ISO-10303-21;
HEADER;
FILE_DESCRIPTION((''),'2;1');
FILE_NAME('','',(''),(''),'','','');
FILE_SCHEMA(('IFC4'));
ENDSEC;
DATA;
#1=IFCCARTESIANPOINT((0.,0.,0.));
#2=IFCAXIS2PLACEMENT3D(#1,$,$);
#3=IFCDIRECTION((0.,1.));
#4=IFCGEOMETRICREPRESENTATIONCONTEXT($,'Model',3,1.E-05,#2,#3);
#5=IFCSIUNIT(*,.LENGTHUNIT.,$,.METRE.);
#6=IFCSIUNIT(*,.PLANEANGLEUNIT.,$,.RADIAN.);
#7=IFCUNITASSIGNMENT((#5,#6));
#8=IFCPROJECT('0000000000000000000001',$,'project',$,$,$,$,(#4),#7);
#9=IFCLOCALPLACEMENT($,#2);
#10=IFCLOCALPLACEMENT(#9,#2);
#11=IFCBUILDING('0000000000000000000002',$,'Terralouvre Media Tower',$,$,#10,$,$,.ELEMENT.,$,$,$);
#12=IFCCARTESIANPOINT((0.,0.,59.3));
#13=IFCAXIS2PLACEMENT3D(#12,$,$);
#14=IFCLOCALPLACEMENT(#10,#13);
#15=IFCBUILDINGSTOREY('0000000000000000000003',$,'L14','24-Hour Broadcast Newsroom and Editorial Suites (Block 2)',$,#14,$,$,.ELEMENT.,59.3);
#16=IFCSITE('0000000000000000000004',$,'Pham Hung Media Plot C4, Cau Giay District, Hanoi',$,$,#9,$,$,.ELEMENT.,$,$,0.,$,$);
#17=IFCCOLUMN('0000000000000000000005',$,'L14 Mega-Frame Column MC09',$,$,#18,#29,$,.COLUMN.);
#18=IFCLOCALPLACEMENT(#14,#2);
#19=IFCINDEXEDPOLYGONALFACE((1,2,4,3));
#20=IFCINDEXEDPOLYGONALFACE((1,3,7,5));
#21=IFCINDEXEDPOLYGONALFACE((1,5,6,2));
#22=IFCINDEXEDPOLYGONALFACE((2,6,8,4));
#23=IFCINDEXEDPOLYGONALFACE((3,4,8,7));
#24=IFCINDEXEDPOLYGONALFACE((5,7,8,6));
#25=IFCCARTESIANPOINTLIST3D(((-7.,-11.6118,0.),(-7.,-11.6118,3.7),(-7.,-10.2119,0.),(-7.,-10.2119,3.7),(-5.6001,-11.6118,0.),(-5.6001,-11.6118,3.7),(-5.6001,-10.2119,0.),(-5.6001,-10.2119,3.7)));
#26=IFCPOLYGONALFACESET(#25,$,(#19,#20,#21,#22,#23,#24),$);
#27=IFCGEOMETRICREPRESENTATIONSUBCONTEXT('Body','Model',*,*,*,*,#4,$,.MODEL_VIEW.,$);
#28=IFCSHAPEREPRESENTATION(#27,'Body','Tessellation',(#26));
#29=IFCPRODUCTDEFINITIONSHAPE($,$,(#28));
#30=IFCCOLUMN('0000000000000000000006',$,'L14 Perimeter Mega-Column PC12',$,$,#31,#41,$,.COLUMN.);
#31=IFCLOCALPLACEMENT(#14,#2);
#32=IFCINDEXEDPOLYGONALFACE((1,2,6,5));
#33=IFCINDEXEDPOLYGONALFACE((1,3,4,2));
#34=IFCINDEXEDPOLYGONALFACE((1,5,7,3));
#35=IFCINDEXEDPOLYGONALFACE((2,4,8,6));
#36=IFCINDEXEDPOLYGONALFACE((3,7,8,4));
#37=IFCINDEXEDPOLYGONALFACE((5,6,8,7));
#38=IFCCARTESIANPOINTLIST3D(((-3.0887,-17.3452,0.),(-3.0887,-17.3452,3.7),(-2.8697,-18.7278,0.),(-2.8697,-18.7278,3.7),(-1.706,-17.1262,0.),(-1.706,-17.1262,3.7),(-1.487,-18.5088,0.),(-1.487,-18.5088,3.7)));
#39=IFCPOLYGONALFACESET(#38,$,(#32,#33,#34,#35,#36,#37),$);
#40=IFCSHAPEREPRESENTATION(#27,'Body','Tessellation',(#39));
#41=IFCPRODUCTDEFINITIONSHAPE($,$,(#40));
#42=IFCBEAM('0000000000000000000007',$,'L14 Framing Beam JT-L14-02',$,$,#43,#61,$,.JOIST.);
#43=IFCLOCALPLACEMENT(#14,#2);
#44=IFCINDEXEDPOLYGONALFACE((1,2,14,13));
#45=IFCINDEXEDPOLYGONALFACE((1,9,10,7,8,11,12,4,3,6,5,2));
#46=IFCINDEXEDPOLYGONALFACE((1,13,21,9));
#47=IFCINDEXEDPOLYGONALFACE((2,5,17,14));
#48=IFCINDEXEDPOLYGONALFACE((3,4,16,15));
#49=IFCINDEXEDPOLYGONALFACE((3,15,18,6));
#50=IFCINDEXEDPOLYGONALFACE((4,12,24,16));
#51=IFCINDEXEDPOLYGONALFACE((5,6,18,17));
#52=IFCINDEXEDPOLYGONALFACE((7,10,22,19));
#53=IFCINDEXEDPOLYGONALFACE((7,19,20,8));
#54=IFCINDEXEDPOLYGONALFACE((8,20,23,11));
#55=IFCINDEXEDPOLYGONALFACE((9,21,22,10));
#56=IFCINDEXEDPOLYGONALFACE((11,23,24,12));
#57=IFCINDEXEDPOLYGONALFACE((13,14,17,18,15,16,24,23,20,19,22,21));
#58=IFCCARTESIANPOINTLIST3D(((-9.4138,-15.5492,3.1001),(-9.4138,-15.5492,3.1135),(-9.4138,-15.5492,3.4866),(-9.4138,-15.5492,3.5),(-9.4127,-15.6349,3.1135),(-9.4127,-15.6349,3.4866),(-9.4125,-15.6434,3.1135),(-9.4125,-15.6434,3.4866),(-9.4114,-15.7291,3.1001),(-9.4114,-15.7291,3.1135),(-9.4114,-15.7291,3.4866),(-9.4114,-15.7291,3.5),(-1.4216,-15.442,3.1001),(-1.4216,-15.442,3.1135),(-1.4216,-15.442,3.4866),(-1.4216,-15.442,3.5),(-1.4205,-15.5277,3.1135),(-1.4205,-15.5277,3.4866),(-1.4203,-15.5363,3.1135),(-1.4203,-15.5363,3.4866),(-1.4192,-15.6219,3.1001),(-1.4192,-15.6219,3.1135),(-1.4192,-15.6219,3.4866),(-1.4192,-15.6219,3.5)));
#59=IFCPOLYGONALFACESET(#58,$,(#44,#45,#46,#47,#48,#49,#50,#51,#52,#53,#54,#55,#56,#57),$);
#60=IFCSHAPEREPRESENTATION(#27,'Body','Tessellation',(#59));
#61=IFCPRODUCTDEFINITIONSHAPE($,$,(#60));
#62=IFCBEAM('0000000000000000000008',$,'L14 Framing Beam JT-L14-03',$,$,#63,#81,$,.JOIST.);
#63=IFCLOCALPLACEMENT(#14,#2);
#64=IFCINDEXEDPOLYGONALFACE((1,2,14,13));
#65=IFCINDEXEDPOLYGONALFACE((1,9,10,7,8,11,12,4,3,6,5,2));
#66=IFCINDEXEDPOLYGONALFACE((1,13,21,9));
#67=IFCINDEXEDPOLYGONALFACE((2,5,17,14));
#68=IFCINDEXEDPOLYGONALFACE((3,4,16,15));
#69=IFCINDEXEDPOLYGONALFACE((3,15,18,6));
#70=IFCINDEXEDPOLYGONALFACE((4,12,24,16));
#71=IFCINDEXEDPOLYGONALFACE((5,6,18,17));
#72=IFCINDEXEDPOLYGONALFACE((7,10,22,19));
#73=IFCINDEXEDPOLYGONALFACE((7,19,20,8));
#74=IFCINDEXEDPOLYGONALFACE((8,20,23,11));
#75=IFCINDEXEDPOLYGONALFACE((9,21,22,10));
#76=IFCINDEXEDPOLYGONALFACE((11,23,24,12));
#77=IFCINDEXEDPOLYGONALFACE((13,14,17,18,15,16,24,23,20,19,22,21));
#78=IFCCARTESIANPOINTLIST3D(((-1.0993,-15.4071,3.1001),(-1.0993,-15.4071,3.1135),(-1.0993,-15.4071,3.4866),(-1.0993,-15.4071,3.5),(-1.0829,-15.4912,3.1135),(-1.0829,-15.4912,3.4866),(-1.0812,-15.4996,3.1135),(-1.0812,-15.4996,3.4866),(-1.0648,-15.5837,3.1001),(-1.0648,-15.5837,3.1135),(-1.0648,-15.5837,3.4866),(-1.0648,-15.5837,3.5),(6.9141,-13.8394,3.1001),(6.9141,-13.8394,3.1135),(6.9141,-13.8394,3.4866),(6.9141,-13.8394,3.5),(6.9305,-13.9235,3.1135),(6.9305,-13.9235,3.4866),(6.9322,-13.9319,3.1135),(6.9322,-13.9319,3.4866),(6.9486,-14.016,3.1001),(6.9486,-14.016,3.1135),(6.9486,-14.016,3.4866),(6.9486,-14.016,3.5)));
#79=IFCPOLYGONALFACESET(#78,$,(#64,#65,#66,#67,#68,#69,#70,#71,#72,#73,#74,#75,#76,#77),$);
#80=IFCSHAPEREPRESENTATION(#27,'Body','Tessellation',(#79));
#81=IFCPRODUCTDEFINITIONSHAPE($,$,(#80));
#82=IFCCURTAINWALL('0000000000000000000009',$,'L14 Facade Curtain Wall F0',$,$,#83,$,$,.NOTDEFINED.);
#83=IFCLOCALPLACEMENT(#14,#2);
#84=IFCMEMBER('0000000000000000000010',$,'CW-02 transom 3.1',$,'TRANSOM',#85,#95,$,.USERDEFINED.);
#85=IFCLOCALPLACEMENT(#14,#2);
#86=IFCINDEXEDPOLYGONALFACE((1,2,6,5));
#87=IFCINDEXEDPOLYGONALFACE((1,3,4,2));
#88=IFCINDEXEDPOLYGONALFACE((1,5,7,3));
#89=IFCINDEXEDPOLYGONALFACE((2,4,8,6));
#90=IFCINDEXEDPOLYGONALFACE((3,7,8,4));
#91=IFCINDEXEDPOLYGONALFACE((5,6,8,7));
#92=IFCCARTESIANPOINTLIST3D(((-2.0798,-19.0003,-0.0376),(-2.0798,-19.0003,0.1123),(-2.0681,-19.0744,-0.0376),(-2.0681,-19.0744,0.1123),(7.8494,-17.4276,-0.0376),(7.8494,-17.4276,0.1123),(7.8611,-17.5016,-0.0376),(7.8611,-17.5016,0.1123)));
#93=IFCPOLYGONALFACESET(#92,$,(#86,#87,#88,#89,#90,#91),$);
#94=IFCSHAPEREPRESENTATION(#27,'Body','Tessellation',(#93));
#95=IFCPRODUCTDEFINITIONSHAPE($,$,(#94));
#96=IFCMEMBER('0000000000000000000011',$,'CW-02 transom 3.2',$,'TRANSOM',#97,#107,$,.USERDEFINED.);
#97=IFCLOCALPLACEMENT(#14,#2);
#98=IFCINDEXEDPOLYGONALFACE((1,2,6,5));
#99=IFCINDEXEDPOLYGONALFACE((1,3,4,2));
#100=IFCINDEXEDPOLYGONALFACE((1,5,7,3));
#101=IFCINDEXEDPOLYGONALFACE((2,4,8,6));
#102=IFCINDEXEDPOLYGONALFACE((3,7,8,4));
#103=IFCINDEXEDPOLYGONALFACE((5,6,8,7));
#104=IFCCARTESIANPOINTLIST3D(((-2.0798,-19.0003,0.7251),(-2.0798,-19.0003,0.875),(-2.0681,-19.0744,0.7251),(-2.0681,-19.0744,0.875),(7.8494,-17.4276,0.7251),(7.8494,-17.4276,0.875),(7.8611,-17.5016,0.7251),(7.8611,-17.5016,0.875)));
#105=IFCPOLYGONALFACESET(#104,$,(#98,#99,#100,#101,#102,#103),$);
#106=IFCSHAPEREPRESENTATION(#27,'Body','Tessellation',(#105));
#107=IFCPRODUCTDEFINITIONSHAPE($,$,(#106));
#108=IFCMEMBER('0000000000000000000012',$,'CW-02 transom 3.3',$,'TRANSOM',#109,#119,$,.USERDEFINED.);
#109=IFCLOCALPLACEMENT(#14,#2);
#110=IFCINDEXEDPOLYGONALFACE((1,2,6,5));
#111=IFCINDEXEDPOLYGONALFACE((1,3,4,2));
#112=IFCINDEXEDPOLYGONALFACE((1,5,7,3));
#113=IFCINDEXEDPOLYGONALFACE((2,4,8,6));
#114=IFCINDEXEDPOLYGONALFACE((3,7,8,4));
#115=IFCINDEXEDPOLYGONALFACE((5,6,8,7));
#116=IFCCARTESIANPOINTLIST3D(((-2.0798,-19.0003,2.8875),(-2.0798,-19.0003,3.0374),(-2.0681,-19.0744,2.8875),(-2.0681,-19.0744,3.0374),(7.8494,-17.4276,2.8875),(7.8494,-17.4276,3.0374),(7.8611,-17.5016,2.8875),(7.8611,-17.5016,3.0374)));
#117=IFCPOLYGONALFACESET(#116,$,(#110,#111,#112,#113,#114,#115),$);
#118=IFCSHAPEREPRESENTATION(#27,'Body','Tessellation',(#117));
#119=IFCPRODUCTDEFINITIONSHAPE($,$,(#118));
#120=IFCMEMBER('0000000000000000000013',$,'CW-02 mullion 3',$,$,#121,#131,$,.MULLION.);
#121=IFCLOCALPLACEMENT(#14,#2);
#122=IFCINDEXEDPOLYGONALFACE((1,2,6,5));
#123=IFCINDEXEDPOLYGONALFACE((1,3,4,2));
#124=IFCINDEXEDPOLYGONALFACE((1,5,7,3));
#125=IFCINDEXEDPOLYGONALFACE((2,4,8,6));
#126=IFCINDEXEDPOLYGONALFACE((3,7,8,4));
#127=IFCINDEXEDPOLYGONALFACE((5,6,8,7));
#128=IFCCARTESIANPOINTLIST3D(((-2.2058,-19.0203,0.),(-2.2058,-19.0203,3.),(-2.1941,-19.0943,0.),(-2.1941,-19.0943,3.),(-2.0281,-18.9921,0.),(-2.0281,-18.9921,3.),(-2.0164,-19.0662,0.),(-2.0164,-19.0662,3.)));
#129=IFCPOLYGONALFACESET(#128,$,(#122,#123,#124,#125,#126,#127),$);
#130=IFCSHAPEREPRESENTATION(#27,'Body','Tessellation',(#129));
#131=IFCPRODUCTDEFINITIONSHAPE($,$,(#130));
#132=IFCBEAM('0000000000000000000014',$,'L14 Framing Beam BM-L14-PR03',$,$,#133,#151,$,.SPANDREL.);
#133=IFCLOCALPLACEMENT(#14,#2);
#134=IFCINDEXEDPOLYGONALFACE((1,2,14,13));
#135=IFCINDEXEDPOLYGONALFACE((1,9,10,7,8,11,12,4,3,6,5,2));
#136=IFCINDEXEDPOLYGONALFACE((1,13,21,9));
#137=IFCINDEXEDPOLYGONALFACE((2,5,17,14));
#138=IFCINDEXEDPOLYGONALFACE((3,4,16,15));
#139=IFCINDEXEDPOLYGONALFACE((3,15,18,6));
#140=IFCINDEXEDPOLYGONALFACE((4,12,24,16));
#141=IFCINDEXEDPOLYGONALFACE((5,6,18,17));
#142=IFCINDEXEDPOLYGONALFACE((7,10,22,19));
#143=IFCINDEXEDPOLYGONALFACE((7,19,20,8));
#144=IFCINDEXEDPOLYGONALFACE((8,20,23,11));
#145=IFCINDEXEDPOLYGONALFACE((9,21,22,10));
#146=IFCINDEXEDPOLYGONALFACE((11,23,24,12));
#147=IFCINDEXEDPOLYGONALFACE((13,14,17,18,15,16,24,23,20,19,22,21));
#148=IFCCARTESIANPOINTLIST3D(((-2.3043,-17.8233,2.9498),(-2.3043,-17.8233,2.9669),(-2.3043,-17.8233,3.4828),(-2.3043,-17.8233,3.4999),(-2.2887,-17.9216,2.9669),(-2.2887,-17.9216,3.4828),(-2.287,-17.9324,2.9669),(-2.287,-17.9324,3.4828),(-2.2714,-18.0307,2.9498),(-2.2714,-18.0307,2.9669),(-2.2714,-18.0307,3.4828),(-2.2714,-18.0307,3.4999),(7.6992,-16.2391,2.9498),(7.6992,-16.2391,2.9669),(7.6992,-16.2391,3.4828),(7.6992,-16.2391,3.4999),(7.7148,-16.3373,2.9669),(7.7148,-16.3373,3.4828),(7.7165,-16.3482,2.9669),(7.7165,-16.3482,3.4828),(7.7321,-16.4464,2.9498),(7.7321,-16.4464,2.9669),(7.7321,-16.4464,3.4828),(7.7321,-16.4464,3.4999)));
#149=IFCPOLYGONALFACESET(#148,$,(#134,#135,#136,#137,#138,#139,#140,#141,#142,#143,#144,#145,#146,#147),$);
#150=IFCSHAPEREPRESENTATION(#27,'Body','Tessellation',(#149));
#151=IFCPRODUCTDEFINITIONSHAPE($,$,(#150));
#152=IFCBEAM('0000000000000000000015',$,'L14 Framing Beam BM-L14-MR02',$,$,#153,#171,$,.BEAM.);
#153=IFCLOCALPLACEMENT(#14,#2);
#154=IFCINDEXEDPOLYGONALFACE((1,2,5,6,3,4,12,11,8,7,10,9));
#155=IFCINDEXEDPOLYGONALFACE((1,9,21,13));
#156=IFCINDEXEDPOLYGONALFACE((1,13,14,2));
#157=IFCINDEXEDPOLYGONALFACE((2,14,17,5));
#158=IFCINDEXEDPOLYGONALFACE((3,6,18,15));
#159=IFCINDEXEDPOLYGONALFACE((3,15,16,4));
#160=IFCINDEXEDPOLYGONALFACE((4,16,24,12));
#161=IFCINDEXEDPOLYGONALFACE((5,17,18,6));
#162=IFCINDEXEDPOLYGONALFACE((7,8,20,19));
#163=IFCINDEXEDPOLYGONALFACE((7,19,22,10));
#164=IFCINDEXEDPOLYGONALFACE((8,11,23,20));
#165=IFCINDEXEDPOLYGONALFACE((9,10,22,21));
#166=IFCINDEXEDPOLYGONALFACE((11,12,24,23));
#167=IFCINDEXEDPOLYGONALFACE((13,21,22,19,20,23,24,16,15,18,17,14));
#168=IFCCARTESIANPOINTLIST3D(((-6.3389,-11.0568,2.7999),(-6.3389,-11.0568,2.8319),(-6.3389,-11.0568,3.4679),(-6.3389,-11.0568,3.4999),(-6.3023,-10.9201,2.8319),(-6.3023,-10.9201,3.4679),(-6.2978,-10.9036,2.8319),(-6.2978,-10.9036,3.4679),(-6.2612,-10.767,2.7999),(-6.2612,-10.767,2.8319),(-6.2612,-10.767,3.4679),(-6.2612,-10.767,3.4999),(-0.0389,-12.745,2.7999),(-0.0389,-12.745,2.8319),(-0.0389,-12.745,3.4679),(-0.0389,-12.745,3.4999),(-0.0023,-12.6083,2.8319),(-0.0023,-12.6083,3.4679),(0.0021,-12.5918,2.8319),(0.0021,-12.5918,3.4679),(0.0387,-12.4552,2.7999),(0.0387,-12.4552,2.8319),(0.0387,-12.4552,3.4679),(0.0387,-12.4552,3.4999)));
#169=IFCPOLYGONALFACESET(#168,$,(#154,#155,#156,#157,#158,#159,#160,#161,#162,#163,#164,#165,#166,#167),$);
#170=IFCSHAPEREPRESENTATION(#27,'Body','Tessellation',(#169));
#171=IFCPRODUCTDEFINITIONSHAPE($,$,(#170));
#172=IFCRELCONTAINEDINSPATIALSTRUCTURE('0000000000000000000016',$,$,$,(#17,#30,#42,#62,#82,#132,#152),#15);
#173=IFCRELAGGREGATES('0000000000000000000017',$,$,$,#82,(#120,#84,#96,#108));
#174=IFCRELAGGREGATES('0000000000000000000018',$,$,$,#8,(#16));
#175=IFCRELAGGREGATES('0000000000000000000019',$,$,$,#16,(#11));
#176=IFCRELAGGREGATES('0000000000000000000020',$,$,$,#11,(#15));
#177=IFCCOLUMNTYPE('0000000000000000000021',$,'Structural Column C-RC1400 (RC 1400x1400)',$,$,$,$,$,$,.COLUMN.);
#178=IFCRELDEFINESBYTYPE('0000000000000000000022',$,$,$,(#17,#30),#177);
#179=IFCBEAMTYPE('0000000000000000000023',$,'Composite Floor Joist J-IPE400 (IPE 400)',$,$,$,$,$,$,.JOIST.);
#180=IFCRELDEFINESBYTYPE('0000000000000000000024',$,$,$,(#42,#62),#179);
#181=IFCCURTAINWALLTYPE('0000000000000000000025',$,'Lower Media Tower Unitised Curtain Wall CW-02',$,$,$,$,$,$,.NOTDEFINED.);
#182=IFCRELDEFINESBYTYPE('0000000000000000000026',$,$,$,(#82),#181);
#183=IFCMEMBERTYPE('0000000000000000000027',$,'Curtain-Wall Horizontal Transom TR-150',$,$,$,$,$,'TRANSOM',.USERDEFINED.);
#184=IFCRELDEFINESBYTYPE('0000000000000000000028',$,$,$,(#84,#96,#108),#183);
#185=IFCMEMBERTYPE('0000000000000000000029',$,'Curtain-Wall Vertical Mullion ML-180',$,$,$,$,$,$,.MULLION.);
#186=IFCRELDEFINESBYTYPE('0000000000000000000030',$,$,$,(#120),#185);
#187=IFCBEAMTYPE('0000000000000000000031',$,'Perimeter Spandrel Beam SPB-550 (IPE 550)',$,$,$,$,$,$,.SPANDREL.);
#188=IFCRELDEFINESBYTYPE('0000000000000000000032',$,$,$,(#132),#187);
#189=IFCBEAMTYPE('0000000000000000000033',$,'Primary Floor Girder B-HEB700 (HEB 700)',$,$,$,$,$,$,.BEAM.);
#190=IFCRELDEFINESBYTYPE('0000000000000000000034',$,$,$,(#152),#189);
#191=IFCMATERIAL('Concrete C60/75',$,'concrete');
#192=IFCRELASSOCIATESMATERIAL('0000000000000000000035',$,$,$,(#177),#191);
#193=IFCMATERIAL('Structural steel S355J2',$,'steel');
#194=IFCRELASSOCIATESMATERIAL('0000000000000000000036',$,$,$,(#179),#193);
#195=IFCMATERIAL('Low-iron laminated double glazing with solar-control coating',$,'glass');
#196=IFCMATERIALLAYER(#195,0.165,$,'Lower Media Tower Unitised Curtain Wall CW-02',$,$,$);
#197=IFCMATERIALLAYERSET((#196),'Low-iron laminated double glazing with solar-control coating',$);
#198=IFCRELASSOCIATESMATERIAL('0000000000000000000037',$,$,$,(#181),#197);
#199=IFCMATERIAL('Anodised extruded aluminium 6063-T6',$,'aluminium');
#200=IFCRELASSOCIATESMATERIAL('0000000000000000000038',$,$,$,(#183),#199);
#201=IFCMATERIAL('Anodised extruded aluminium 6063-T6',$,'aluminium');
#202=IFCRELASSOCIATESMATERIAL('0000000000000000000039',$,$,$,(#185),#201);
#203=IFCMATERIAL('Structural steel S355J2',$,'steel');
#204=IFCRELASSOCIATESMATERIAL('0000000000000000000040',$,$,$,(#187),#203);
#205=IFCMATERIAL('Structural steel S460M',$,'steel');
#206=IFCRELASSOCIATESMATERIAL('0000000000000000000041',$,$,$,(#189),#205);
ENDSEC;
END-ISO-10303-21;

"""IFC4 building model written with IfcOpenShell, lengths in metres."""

from ifc_helpers import new_model, si_unit, direction, frame, origin, origin_2d, place, context, subcontext, project, spatial, rectangle, i_section, extrude, material, layer, layer_set, material_profile, profile_set, type_object, element, aggregate, save


model = new_model("IFC4")

# Units and contexts
model_context = context("Model", 3, precision=1e-05, world=origin(), true_north=direction((0.0, 1.0)))
body_context = subcontext(model_context, "Body", "Model", "MODEL_VIEW")
ifc_project = project(units=[si_unit("LENGTHUNIT", "METRE"), si_unit("PLANEANGLEUNIT", "RADIAN")], contexts=[model_context])

# Site, building, storey
site_placement = place(None, origin())
site = spatial("IfcSite", under=ifc_project, at=site_placement, Name="Pham Hung Media Plot C4, Cau Giay District, Hanoi", CompositionType="ELEMENT", RefElevation=0.0)
building_placement = place(site_placement, origin())
building = spatial("IfcBuilding", under=site, at=building_placement, Name="Terralouvre Media Tower", CompositionType="ELEMENT")
storey_placement = place(building_placement, frame((0.0, 0.0, 59.3)))
storey = spatial("IfcBuildingStorey", under=building, at=storey_placement, Name="L14", Description="24-Hour Broadcast Newsroom and Editorial Suites (Block 2)", CompositionType="ELEMENT", Elevation=59.3)

# Columns
ifc_material_1 = material(Name="Concrete C60/75", Category="concrete")
ifc_material_profile_1 = material_profile(ifc_material_1, rectangle(XDim=1.3999, YDim=1.3999, at=origin_2d()), Name="RC 1400x1400")
ifc_profile_set_1 = profile_set([ifc_material_profile_1], Name="Concrete C60/75")
column_type = type_object("IfcColumnType", Name="Structural Column C-RC1400 (RC 1400x1400)", PredefinedType="COLUMN", material=ifc_profile_set_1)
for number, where, z_axis, x_axis, name in (
    (1, (-6.3, -10.9119, 0.0), (0.0, 0.0, 1.0), (1.0, 0.0, 0.0), "L14 Mega-Frame Column MC09"),
    (2, (-2.2878, -17.927, 0.0), (0.0, 0.0, 1.0), (0.987688, 0.156434, 0.0), "L14 Perimeter Mega-Column PC12"),
):
    element("IfcColumn", number, at=place(storey_placement, frame(where, z_axis=z_axis, x_axis=x_axis)), inside=storey, type_object=column_type, Name=name, PredefinedType="COLUMN", context=body_context, shape_type="SweptSolid", body=[
        extrude(rectangle(XDim=1.3999, YDim=1.3999, at=origin_2d()), origin(), (0.0, 0.0, 1.0), 3.7),
    ])

# Beams
ifc_material_2 = material(Name="Structural steel S355J2", Category="steel")
ifc_material_profile_2 = material_profile(ifc_material_2, i_section(OverallWidth=0.1799, OverallDepth=0.3999, WebThickness=0.0085, FlangeThickness=0.0134, at=origin_2d()), Name="IPE 400")
ifc_profile_set_2 = profile_set([ifc_material_profile_2], Name="Structural steel S355J2")
beam_type_1 = type_object("IfcBeamType", Name="Composite Floor Joist J-IPE400 (IPE 400)", PredefinedType="JOIST", material=ifc_profile_set_2)
beam_1_placement = place(storey_placement, frame((-9.4126, -15.6392, 3.3), z_axis=(0.99991, 0.013409, 0.0), x_axis=(-0.013409, 0.99991, 0.0)))
element("IfcBeam", 3, at=beam_1_placement, inside=storey, type_object=beam_type_1, Name="L14 Framing Beam JT-L14-02", PredefinedType="JOIST", context=body_context, shape_type="SweptSolid", body=[
    extrude(i_section(OverallWidth=0.1799, OverallDepth=0.3999, WebThickness=0.0085, FlangeThickness=0.0134, at=origin_2d()), origin(), (0.0, 0.0, 1.0), 7.9929),
])
beam_2_placement = place(storey_placement, frame((-1.082, -15.4954, 3.3), z_axis=(0.981398, 0.191986, 0.0), x_axis=(-0.191986, 0.981398, 0.0)))
element("IfcBeam", 4, at=beam_2_placement, inside=storey, type_object=beam_type_1, Name="L14 Framing Beam JT-L14-03", PredefinedType="JOIST", context=body_context, shape_type="SweptSolid", body=[
    extrude(i_section(OverallWidth=0.1799, OverallDepth=0.3999, WebThickness=0.0085, FlangeThickness=0.0134, at=origin_2d()), origin(), (0.0, 0.0, 1.0), 8.1653),
])

# Curtain wall, members
ifc_material_3 = material(Name="Low-iron laminated double glazing with solar-control coating", Category="glass")
ifc_layer_1 = layer(ifc_material_3, 0.165, Name="Lower Media Tower Unitised Curtain Wall CW-02")
ifc_layer_set_1 = layer_set([ifc_layer_1], Name="Low-iron laminated double glazing with solar-control coating")
curtain_wall_type = type_object("IfcCurtainWallType", Name="Lower Media Tower Unitised Curtain Wall CW-02", PredefinedType="NOTDEFINED", material=ifc_layer_set_1)
curtain_wall_placement = place(storey_placement, origin())
curtain_wall = element("IfcCurtainWall", 5, at=curtain_wall_placement, inside=storey, type_object=curtain_wall_type, Name="L14 Facade Curtain Wall F0", PredefinedType="NOTDEFINED")
ifc_material_4 = material(Name="Anodised extruded aluminium 6063-T6", Category="aluminium")
ifc_material_profile_3 = material_profile(ifc_material_4, rectangle(XDim=0.075, YDim=0.1499, at=origin_2d()), Name="ALU 75x150")
ifc_profile_set_3 = profile_set([ifc_material_profile_3], Name="Anodised extruded aluminium 6063-T6")
member_type_1 = type_object("IfcMemberType", Name="Curtain-Wall Horizontal Transom TR-150", ElementType="TRANSOM", PredefinedType="USERDEFINED", material=ifc_profile_set_3)
member_1_placement = place(storey_placement, frame((-2.074, -19.0374, 0.0374), z_axis=(0.987686, 0.156446, 0.0), x_axis=(-0.156446, 0.987686, 0.0)))
member_1 = element("IfcMember", 6, at=member_1_placement, type_object=member_type_1, Name="CW-02 transom 3.1", ObjectType="TRANSOM", PredefinedType="USERDEFINED", context=body_context, shape_type="SweptSolid", body=[
    extrude(rectangle(XDim=0.075, YDim=0.1499, at=origin_2d()), origin(), (0.0, 0.0, 1.0), 10.053),
])
member_2_placement = place(storey_placement, frame((-2.074, -19.0374, 0.8), z_axis=(0.987686, 0.156446, 0.0), x_axis=(-0.156446, 0.987686, 0.0)))
member_2 = element("IfcMember", 7, at=member_2_placement, type_object=member_type_1, Name="CW-02 transom 3.2", ObjectType="TRANSOM", PredefinedType="USERDEFINED", context=body_context, shape_type="SweptSolid", body=[
    extrude(rectangle(XDim=0.075, YDim=0.1499, at=origin_2d()), origin(), (0.0, 0.0, 1.0), 10.053),
])
member_3_placement = place(storey_placement, frame((-2.074, -19.0374, 2.9624), z_axis=(0.987686, 0.156446, 0.0), x_axis=(-0.156446, 0.987686, 0.0)))
member_3 = element("IfcMember", 8, at=member_3_placement, type_object=member_type_1, Name="CW-02 transom 3.3", ObjectType="TRANSOM", PredefinedType="USERDEFINED", context=body_context, shape_type="SweptSolid", body=[
    extrude(rectangle(XDim=0.075, YDim=0.1499, at=origin_2d()), origin(), (0.0, 0.0, 1.0), 10.053),
])
ifc_material_5 = material(Name="Anodised extruded aluminium 6063-T6", Category="aluminium")
ifc_material_profile_4 = material_profile(ifc_material_5, rectangle(XDim=0.075, YDim=0.1799, at=origin_2d()), Name="ALU 75x180")
ifc_profile_set_4 = profile_set([ifc_material_profile_4], Name="Anodised extruded aluminium 6063-T6")
member_type_2 = type_object("IfcMemberType", Name="Curtain-Wall Vertical Mullion ML-180", PredefinedType="MULLION", material=ifc_profile_set_4)
member_4_placement = place(storey_placement, frame((-2.1111, -19.0432, 0.0), z_axis=(0.0, 0.0, 1.0), x_axis=(-0.156434, 0.987688, 0.0)))
member_4 = element("IfcMember", 9, at=member_4_placement, type_object=member_type_2, Name="CW-02 mullion 3", PredefinedType="MULLION", context=body_context, shape_type="SweptSolid", body=[
    extrude(rectangle(XDim=0.075, YDim=0.1799, at=origin_2d()), origin(), (0.0, 0.0, 1.0), 3.0),
])

# Beams
ifc_material_6 = material(Name="Structural steel S355J2", Category="steel")
ifc_material_profile_5 = material_profile(ifc_material_6, i_section(OverallWidth=0.21, OverallDepth=0.55, WebThickness=0.011, FlangeThickness=0.0171, at=origin_2d()), Name="IPE 550")
ifc_profile_set_5 = profile_set([ifc_material_profile_5], Name="Structural steel S355J2")
beam_type_2 = type_object("IfcBeamType", Name="Perimeter Spandrel Beam SPB-550 (IPE 550)", PredefinedType="SPANDREL", material=ifc_profile_set_5)
beam_3_placement = place(storey_placement, frame((-2.2878, -17.927, 3.2249), z_axis=(0.987691, 0.156419, 0.0), x_axis=(-0.156419, 0.987691, 0.0)))
element("IfcBeam", 10, at=beam_3_placement, inside=storey, type_object=beam_type_2, Name="L14 Framing Beam BM-L14-PR03", PredefinedType="SPANDREL", context=body_context, shape_type="SweptSolid", body=[
    extrude(i_section(OverallWidth=0.21, OverallDepth=0.55, WebThickness=0.011, FlangeThickness=0.0171, at=origin_2d()), origin(), (0.0, 0.0, 1.0), 10.1282),
])
ifc_material_7 = material(Name="Structural steel S460M", Category="steel")
ifc_material_profile_6 = material_profile(ifc_material_7, i_section(OverallWidth=0.3, OverallDepth=0.7, WebThickness=0.0171, FlangeThickness=0.032, at=origin_2d()), Name="HEB 700")
ifc_profile_set_6 = profile_set([ifc_material_profile_6], Name="Structural steel S460M")
beam_type_3 = type_object("IfcBeamType", Name="Primary Floor Girder B-HEB700 (HEB 700)", PredefinedType="BEAM", material=ifc_profile_set_6)
beam_4_placement = place(storey_placement, frame((-6.3, -10.9119, 3.1499), z_axis=(0.96592, -0.258839, 0.0), x_axis=(0.258839, 0.96592, 0.0)))
element("IfcBeam", 11, at=beam_4_placement, inside=storey, type_object=beam_type_3, Name="L14 Framing Beam BM-L14-MR02", PredefinedType="BEAM", context=body_context, shape_type="SweptSolid", body=[
    extrude(i_section(OverallWidth=0.3, OverallDepth=0.7, WebThickness=0.0171, FlangeThickness=0.032, at=origin_2d()), origin(), (0.0, 0.0, 1.0), 6.5222),
])

aggregate(curtain_wall, [member_4, member_1, member_2, member_3])

save(model, "model.ifc")
